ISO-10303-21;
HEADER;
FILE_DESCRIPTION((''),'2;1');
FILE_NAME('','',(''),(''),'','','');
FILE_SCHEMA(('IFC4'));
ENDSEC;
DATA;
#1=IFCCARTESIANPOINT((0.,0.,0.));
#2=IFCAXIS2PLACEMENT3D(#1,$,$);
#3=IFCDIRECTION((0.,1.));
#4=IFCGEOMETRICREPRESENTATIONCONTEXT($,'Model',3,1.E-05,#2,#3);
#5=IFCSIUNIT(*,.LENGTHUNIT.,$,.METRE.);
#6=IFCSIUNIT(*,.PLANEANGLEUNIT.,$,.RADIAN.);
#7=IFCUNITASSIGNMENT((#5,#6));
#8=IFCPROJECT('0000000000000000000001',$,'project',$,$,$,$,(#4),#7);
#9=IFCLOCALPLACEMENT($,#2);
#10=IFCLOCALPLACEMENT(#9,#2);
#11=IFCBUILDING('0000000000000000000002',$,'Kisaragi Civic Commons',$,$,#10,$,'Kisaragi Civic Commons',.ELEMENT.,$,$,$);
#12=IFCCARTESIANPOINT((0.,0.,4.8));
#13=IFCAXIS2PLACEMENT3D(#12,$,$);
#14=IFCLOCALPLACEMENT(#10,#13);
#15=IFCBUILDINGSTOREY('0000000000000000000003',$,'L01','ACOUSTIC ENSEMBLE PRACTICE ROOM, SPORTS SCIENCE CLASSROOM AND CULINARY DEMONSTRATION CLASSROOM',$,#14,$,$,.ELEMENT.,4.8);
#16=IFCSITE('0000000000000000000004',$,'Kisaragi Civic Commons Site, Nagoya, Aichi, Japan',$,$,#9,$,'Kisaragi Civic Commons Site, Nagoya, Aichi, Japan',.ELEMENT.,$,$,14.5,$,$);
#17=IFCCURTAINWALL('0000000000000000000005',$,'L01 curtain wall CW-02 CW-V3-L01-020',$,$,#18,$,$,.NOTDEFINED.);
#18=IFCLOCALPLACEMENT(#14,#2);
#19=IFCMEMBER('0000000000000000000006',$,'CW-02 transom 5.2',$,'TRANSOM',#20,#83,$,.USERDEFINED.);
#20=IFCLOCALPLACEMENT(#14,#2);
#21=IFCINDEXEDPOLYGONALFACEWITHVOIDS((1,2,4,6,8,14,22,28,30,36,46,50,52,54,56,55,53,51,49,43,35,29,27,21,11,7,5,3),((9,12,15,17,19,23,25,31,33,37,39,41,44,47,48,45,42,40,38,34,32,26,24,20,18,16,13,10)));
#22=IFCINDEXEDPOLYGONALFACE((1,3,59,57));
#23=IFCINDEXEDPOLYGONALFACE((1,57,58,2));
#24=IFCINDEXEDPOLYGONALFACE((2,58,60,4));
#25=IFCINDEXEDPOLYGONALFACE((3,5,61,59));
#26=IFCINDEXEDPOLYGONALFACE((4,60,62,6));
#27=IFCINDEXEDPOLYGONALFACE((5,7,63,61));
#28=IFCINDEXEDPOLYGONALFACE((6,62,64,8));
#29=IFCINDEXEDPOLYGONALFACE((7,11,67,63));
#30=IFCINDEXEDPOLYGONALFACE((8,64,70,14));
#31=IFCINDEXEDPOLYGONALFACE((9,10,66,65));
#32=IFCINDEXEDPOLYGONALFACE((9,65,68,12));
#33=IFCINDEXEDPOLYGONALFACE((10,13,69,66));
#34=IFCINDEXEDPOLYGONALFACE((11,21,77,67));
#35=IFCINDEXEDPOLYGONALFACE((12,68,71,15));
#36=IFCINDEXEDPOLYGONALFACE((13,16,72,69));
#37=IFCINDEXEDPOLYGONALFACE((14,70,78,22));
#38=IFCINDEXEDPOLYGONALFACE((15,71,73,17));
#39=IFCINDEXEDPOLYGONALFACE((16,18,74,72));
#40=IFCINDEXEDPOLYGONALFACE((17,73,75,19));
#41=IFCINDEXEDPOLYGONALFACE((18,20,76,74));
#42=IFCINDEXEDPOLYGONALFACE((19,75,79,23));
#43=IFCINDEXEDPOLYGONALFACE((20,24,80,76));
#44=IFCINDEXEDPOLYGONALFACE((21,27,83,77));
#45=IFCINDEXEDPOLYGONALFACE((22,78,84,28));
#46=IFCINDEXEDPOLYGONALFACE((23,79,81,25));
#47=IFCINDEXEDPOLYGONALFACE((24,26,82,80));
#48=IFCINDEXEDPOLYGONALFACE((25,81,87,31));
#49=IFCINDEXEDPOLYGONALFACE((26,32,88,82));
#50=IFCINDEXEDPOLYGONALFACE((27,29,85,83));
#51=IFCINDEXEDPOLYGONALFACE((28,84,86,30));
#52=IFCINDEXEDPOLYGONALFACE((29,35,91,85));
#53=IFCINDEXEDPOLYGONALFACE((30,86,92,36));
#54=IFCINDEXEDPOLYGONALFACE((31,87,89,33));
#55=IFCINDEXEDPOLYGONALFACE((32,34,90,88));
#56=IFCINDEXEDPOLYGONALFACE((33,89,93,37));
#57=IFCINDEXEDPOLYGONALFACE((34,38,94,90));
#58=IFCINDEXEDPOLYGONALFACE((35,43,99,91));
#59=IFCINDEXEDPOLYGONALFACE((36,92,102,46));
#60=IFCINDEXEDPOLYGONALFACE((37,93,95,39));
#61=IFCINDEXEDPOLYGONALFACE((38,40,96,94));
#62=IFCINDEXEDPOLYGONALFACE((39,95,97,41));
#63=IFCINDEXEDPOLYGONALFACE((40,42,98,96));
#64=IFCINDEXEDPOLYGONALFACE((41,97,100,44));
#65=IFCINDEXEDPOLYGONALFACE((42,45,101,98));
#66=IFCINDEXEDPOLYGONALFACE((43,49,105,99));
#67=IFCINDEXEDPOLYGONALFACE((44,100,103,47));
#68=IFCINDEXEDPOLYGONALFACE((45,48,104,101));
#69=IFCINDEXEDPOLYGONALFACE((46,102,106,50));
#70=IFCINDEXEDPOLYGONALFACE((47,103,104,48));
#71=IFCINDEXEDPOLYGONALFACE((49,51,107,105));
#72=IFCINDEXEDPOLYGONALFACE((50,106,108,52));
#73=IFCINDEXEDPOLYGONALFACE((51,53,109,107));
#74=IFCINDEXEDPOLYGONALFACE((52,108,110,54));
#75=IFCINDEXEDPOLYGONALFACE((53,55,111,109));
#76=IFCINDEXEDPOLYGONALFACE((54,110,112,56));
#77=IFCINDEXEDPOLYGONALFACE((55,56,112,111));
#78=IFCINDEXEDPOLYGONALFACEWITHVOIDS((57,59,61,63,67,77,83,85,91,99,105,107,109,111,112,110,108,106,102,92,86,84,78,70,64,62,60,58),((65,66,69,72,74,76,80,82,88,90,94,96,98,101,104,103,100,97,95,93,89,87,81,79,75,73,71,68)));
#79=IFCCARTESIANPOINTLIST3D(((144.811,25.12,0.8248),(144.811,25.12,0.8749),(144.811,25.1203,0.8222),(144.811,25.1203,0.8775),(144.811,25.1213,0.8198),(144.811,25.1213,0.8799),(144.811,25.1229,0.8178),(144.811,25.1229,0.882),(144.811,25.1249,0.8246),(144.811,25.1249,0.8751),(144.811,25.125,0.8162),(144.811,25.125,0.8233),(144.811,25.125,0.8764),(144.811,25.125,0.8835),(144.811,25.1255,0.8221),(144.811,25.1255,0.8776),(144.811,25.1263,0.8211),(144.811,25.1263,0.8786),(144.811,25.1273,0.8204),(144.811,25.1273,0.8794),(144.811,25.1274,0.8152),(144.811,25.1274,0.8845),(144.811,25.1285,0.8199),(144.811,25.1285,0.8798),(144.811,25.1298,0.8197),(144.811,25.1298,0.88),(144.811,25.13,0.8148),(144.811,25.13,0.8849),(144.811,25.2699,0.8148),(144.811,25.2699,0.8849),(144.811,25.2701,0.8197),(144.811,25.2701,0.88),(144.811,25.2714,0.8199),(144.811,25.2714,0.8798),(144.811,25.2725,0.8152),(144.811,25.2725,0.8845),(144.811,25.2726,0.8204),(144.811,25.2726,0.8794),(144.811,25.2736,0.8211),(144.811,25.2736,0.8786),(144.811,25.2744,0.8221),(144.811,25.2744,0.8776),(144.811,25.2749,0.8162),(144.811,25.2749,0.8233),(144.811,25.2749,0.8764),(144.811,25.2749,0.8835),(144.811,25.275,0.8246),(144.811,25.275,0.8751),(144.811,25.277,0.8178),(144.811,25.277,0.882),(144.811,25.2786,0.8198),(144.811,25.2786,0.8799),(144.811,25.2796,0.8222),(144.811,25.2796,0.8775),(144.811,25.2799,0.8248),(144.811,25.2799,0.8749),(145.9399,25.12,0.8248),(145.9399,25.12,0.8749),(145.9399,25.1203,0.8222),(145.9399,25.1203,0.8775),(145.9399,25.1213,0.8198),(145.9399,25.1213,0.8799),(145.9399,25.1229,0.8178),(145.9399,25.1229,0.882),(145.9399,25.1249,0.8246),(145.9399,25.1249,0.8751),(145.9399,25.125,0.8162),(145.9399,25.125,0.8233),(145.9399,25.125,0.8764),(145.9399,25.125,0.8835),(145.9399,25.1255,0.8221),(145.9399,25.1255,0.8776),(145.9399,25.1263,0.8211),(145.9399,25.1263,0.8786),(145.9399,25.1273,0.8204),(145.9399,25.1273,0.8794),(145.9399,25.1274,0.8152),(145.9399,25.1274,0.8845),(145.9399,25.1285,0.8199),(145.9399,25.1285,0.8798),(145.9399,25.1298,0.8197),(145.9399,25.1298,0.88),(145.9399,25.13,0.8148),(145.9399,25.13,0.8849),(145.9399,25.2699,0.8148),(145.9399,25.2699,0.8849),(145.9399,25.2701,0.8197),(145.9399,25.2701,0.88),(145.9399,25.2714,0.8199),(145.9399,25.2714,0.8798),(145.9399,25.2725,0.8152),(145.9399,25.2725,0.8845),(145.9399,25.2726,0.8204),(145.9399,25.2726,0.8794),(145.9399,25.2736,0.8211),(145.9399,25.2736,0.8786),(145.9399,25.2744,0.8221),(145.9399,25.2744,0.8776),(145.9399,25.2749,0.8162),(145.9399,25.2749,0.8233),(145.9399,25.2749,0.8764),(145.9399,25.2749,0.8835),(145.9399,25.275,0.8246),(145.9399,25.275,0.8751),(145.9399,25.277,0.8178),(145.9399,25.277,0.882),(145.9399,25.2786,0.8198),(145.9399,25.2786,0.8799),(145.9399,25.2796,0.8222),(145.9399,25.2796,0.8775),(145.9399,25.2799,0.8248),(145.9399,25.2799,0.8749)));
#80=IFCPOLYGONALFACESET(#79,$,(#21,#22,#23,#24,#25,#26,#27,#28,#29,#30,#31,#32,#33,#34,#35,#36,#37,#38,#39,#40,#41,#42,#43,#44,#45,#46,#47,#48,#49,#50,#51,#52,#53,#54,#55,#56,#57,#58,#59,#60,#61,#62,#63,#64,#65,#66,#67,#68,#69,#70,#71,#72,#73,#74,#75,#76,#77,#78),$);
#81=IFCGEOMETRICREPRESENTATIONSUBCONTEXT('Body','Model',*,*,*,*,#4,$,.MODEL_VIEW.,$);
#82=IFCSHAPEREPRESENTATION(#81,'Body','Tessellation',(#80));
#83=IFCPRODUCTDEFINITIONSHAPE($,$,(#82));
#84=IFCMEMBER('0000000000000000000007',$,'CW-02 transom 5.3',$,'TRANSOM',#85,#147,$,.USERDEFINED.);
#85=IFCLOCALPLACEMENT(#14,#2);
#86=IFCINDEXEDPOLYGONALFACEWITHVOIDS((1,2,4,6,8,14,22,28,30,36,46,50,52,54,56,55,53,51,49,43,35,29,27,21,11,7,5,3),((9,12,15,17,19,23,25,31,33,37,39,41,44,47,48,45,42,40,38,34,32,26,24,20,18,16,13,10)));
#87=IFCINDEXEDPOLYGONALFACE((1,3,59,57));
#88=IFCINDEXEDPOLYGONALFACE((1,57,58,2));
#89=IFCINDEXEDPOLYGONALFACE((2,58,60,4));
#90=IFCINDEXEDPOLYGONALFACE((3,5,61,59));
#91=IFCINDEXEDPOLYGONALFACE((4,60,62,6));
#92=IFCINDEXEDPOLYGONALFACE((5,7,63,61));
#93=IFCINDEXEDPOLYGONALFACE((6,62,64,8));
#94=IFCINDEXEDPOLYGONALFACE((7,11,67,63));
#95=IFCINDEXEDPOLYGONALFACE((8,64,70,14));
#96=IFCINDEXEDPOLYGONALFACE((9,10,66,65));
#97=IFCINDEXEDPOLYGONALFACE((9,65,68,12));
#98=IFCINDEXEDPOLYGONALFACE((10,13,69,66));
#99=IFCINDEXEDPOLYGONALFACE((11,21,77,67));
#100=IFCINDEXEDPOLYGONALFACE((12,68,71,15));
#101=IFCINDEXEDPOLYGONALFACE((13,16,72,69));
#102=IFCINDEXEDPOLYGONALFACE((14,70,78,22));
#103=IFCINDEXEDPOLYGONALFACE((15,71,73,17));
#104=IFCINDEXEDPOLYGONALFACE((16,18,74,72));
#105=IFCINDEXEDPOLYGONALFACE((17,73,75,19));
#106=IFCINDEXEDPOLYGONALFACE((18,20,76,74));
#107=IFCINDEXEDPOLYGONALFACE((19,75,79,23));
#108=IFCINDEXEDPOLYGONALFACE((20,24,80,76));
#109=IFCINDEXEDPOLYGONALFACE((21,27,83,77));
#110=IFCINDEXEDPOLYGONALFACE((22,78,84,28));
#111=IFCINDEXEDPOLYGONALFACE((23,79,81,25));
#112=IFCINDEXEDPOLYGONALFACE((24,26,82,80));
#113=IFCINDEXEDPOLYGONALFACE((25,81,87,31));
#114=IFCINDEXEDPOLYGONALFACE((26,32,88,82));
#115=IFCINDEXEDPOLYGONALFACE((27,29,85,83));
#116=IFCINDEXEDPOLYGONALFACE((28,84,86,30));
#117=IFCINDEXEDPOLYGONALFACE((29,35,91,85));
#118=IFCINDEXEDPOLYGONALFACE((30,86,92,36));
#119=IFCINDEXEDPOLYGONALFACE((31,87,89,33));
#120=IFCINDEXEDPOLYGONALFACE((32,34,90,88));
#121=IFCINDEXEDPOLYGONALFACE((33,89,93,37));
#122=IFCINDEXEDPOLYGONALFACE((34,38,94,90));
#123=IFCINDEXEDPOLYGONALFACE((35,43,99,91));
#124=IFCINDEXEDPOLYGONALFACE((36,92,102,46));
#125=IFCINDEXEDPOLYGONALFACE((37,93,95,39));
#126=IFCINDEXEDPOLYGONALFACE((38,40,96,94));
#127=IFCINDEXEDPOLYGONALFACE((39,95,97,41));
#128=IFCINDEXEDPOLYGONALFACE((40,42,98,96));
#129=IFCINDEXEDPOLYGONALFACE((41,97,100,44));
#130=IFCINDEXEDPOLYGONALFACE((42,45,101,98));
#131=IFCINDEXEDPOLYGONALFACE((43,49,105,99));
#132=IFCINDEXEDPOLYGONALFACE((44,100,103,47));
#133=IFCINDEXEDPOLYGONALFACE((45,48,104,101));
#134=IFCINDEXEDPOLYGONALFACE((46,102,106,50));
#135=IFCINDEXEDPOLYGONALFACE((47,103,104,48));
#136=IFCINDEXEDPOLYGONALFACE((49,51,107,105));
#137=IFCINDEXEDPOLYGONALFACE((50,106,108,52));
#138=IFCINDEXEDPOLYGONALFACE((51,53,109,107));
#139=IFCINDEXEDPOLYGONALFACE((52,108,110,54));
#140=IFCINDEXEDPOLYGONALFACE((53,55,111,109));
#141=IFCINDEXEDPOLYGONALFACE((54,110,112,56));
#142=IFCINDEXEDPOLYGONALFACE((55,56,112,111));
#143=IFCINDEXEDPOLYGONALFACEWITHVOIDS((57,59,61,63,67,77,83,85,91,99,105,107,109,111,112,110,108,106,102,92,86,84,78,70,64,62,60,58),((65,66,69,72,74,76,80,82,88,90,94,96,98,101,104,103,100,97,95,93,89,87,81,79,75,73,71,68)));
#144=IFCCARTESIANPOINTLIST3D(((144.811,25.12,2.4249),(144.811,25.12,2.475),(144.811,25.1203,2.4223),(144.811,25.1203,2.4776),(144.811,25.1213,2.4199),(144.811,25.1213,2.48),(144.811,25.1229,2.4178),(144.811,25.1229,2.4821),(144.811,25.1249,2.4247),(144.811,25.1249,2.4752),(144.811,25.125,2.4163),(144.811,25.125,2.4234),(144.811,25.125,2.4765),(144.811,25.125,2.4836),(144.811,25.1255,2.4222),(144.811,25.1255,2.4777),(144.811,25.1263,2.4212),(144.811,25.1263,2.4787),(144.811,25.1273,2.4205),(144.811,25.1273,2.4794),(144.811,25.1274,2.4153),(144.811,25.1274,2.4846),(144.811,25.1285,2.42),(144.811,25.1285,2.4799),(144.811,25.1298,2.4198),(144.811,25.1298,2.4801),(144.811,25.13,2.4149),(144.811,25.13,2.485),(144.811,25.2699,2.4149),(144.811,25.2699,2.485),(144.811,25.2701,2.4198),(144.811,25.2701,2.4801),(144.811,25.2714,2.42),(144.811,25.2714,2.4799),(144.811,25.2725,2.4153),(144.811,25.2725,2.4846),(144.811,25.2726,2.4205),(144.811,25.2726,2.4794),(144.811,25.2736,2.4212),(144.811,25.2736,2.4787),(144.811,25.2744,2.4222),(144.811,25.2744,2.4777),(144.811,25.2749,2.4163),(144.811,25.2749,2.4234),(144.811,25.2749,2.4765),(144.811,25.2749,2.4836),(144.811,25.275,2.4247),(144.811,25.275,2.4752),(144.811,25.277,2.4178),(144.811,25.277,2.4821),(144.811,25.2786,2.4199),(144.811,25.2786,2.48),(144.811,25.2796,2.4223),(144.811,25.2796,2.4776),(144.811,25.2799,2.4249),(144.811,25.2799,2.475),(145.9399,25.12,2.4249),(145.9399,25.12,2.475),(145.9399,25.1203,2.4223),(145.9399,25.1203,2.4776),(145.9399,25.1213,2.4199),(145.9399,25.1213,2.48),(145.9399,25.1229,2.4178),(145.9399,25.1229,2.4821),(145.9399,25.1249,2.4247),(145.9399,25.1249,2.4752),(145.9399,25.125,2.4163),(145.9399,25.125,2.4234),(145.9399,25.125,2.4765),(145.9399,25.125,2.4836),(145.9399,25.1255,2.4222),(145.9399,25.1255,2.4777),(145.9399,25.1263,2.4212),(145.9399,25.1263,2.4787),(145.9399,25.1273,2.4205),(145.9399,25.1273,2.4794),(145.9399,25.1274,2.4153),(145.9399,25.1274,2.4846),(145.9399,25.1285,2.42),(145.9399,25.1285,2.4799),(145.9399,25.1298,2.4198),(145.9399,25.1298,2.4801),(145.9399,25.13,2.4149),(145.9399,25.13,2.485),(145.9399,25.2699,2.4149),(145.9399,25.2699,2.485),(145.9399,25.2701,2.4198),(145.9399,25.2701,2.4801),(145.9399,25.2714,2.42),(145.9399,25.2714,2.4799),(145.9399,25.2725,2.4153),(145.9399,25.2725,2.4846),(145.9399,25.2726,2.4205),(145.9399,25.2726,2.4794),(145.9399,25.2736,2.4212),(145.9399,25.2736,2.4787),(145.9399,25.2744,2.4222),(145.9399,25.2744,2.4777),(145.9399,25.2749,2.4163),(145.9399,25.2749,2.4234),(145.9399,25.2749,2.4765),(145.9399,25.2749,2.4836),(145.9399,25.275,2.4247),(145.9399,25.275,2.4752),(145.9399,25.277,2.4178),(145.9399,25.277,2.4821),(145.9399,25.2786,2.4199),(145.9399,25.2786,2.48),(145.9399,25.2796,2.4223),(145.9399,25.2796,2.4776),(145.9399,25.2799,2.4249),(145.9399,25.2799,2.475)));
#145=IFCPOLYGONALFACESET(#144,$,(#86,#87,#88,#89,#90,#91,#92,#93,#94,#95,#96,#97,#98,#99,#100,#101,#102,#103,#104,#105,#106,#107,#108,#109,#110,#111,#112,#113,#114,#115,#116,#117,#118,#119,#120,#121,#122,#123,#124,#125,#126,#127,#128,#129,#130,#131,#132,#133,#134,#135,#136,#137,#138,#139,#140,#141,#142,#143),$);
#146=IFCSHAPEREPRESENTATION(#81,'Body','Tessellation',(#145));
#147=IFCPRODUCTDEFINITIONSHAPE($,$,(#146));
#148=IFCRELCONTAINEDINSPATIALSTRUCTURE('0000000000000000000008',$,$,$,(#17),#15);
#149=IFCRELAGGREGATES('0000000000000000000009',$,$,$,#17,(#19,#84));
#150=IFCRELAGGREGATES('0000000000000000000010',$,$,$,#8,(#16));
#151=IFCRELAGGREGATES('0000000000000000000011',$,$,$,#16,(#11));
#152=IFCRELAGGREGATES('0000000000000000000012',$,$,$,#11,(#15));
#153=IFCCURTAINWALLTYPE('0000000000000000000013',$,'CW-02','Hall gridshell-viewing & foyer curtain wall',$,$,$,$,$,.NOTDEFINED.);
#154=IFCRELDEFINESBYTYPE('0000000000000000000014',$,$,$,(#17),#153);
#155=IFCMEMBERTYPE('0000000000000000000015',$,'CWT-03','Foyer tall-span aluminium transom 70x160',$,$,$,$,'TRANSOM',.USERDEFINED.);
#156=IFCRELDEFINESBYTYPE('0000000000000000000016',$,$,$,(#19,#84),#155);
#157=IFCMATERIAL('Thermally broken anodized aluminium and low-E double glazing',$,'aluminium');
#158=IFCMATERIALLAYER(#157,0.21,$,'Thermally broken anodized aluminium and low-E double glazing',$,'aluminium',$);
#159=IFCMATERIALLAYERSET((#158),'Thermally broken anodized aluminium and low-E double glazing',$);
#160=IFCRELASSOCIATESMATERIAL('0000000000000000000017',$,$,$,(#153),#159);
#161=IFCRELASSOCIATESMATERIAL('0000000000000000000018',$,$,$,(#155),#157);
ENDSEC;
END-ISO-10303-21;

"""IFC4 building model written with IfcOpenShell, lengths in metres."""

from ifc_helpers import new_model, si_unit, direction, frame, origin, origin_2d, place, context, subcontext, project, spatial, hollow_rectangle, extrude, material, layer, layer_set, material_profile, profile_set, type_object, element, aggregate, save


model = new_model("IFC4")

# Units and contexts
model_context = context("Model", 3, precision=1e-05, world=origin(), true_north=direction((0.0, 1.0)))
body_context = subcontext(model_context, "Body", "Model", "MODEL_VIEW")
ifc_project = project(units=[si_unit("LENGTHUNIT", "METRE"), si_unit("PLANEANGLEUNIT", "RADIAN")], contexts=[model_context])

# Site, building, storey
site_placement = place(None, origin())
site = spatial("IfcSite", under=ifc_project, at=site_placement, Name="Kisaragi Civic Commons Site, Nagoya, Aichi, Japan", LongName="Kisaragi Civic Commons Site, Nagoya, Aichi, Japan", CompositionType="ELEMENT", RefElevation=14.5)
building_placement = place(site_placement, origin())
building = spatial("IfcBuilding", under=site, at=building_placement, Name="Kisaragi Civic Commons", LongName="Kisaragi Civic Commons", CompositionType="ELEMENT")
storey_placement = place(building_placement, frame((0.0, 0.0, 4.8)))
storey = spatial("IfcBuildingStorey", under=building, at=storey_placement, Name="L01", Description="ACOUSTIC ENSEMBLE PRACTICE ROOM, SPORTS SCIENCE CLASSROOM AND CULINARY DEMONSTRATION CLASSROOM", CompositionType="ELEMENT", Elevation=4.8)

# Curtain wall, members
ifc_material = material(Name="Thermally broken anodized aluminium and low-E double glazing", Category="aluminium")
ifc_layer_1 = layer(ifc_material, 0.21, Name="Thermally broken anodized aluminium and low-E double glazing", Category="aluminium")
ifc_layer_set_1 = layer_set([ifc_layer_1], Name="Thermally broken anodized aluminium and low-E double glazing")
curtain_wall_type = type_object("IfcCurtainWallType", Name="CW-02", Description="Hall gridshell-viewing & foyer curtain wall", PredefinedType="NOTDEFINED", material=ifc_layer_set_1)
curtain_wall_placement = place(storey_placement, origin())
curtain_wall = element("IfcCurtainWall", 1, at=curtain_wall_placement, inside=storey, type_object=curtain_wall_type, Name="L01 curtain wall CW-02 CW-V3-L01-020", PredefinedType="NOTDEFINED")
ifc_material_profile_1 = material_profile(ifc_material, hollow_rectangle(XDim=0.1599, YDim=0.0701, WallThickness=0.0049, InnerFilletRadius=0.0049, OuterFilletRadius=0.01, at=origin_2d()), Name="CWT-70x160x5", Category="aluminium")
ifc_profile_set_1 = profile_set([ifc_material_profile_1], Name="Thermally broken anodized aluminium and low-E double glazing")
member_type_1 = type_object("IfcMemberType", Name="CWT-03", Description="Foyer tall-span aluminium transom 70x160", ElementType="TRANSOM", PredefinedType="USERDEFINED", material=ifc_profile_set_1)
member_1_placement = place(storey_placement, frame((144.811, 25.2, 0.8499), z_axis=(1.0, 0.0, 0.0), x_axis=(0.0, 1.0, 0.0)))
member_1 = element("IfcMember", 2, at=member_1_placement, type_object=member_type_1, Name="CW-02 transom 5.2", ObjectType="TRANSOM", PredefinedType="USERDEFINED", context=body_context, shape_type="SweptSolid", body=[
    extrude(hollow_rectangle(XDim=0.1599, YDim=0.0701, WallThickness=0.0049, InnerFilletRadius=0.0049, OuterFilletRadius=0.01, at=origin_2d()), origin(), (0.0, 0.0, 1.0), 1.1289),
])
member_2_placement = place(storey_placement, frame((144.811, 25.2, 2.45), z_axis=(1.0, 0.0, 0.0), x_axis=(0.0, 1.0, 0.0)))
member_2 = element("IfcMember", 3, at=member_2_placement, type_object=member_type_1, Name="CW-02 transom 5.3", ObjectType="TRANSOM", PredefinedType="USERDEFINED", context=body_context, shape_type="SweptSolid", body=[
    extrude(hollow_rectangle(XDim=0.1599, YDim=0.0701, WallThickness=0.0049, InnerFilletRadius=0.0049, OuterFilletRadius=0.01, at=origin_2d()), origin(), (0.0, 0.0, 1.0), 1.1289),
])
aggregate(curtain_wall, [member_1, member_2])

save(model, "model.ifc")
